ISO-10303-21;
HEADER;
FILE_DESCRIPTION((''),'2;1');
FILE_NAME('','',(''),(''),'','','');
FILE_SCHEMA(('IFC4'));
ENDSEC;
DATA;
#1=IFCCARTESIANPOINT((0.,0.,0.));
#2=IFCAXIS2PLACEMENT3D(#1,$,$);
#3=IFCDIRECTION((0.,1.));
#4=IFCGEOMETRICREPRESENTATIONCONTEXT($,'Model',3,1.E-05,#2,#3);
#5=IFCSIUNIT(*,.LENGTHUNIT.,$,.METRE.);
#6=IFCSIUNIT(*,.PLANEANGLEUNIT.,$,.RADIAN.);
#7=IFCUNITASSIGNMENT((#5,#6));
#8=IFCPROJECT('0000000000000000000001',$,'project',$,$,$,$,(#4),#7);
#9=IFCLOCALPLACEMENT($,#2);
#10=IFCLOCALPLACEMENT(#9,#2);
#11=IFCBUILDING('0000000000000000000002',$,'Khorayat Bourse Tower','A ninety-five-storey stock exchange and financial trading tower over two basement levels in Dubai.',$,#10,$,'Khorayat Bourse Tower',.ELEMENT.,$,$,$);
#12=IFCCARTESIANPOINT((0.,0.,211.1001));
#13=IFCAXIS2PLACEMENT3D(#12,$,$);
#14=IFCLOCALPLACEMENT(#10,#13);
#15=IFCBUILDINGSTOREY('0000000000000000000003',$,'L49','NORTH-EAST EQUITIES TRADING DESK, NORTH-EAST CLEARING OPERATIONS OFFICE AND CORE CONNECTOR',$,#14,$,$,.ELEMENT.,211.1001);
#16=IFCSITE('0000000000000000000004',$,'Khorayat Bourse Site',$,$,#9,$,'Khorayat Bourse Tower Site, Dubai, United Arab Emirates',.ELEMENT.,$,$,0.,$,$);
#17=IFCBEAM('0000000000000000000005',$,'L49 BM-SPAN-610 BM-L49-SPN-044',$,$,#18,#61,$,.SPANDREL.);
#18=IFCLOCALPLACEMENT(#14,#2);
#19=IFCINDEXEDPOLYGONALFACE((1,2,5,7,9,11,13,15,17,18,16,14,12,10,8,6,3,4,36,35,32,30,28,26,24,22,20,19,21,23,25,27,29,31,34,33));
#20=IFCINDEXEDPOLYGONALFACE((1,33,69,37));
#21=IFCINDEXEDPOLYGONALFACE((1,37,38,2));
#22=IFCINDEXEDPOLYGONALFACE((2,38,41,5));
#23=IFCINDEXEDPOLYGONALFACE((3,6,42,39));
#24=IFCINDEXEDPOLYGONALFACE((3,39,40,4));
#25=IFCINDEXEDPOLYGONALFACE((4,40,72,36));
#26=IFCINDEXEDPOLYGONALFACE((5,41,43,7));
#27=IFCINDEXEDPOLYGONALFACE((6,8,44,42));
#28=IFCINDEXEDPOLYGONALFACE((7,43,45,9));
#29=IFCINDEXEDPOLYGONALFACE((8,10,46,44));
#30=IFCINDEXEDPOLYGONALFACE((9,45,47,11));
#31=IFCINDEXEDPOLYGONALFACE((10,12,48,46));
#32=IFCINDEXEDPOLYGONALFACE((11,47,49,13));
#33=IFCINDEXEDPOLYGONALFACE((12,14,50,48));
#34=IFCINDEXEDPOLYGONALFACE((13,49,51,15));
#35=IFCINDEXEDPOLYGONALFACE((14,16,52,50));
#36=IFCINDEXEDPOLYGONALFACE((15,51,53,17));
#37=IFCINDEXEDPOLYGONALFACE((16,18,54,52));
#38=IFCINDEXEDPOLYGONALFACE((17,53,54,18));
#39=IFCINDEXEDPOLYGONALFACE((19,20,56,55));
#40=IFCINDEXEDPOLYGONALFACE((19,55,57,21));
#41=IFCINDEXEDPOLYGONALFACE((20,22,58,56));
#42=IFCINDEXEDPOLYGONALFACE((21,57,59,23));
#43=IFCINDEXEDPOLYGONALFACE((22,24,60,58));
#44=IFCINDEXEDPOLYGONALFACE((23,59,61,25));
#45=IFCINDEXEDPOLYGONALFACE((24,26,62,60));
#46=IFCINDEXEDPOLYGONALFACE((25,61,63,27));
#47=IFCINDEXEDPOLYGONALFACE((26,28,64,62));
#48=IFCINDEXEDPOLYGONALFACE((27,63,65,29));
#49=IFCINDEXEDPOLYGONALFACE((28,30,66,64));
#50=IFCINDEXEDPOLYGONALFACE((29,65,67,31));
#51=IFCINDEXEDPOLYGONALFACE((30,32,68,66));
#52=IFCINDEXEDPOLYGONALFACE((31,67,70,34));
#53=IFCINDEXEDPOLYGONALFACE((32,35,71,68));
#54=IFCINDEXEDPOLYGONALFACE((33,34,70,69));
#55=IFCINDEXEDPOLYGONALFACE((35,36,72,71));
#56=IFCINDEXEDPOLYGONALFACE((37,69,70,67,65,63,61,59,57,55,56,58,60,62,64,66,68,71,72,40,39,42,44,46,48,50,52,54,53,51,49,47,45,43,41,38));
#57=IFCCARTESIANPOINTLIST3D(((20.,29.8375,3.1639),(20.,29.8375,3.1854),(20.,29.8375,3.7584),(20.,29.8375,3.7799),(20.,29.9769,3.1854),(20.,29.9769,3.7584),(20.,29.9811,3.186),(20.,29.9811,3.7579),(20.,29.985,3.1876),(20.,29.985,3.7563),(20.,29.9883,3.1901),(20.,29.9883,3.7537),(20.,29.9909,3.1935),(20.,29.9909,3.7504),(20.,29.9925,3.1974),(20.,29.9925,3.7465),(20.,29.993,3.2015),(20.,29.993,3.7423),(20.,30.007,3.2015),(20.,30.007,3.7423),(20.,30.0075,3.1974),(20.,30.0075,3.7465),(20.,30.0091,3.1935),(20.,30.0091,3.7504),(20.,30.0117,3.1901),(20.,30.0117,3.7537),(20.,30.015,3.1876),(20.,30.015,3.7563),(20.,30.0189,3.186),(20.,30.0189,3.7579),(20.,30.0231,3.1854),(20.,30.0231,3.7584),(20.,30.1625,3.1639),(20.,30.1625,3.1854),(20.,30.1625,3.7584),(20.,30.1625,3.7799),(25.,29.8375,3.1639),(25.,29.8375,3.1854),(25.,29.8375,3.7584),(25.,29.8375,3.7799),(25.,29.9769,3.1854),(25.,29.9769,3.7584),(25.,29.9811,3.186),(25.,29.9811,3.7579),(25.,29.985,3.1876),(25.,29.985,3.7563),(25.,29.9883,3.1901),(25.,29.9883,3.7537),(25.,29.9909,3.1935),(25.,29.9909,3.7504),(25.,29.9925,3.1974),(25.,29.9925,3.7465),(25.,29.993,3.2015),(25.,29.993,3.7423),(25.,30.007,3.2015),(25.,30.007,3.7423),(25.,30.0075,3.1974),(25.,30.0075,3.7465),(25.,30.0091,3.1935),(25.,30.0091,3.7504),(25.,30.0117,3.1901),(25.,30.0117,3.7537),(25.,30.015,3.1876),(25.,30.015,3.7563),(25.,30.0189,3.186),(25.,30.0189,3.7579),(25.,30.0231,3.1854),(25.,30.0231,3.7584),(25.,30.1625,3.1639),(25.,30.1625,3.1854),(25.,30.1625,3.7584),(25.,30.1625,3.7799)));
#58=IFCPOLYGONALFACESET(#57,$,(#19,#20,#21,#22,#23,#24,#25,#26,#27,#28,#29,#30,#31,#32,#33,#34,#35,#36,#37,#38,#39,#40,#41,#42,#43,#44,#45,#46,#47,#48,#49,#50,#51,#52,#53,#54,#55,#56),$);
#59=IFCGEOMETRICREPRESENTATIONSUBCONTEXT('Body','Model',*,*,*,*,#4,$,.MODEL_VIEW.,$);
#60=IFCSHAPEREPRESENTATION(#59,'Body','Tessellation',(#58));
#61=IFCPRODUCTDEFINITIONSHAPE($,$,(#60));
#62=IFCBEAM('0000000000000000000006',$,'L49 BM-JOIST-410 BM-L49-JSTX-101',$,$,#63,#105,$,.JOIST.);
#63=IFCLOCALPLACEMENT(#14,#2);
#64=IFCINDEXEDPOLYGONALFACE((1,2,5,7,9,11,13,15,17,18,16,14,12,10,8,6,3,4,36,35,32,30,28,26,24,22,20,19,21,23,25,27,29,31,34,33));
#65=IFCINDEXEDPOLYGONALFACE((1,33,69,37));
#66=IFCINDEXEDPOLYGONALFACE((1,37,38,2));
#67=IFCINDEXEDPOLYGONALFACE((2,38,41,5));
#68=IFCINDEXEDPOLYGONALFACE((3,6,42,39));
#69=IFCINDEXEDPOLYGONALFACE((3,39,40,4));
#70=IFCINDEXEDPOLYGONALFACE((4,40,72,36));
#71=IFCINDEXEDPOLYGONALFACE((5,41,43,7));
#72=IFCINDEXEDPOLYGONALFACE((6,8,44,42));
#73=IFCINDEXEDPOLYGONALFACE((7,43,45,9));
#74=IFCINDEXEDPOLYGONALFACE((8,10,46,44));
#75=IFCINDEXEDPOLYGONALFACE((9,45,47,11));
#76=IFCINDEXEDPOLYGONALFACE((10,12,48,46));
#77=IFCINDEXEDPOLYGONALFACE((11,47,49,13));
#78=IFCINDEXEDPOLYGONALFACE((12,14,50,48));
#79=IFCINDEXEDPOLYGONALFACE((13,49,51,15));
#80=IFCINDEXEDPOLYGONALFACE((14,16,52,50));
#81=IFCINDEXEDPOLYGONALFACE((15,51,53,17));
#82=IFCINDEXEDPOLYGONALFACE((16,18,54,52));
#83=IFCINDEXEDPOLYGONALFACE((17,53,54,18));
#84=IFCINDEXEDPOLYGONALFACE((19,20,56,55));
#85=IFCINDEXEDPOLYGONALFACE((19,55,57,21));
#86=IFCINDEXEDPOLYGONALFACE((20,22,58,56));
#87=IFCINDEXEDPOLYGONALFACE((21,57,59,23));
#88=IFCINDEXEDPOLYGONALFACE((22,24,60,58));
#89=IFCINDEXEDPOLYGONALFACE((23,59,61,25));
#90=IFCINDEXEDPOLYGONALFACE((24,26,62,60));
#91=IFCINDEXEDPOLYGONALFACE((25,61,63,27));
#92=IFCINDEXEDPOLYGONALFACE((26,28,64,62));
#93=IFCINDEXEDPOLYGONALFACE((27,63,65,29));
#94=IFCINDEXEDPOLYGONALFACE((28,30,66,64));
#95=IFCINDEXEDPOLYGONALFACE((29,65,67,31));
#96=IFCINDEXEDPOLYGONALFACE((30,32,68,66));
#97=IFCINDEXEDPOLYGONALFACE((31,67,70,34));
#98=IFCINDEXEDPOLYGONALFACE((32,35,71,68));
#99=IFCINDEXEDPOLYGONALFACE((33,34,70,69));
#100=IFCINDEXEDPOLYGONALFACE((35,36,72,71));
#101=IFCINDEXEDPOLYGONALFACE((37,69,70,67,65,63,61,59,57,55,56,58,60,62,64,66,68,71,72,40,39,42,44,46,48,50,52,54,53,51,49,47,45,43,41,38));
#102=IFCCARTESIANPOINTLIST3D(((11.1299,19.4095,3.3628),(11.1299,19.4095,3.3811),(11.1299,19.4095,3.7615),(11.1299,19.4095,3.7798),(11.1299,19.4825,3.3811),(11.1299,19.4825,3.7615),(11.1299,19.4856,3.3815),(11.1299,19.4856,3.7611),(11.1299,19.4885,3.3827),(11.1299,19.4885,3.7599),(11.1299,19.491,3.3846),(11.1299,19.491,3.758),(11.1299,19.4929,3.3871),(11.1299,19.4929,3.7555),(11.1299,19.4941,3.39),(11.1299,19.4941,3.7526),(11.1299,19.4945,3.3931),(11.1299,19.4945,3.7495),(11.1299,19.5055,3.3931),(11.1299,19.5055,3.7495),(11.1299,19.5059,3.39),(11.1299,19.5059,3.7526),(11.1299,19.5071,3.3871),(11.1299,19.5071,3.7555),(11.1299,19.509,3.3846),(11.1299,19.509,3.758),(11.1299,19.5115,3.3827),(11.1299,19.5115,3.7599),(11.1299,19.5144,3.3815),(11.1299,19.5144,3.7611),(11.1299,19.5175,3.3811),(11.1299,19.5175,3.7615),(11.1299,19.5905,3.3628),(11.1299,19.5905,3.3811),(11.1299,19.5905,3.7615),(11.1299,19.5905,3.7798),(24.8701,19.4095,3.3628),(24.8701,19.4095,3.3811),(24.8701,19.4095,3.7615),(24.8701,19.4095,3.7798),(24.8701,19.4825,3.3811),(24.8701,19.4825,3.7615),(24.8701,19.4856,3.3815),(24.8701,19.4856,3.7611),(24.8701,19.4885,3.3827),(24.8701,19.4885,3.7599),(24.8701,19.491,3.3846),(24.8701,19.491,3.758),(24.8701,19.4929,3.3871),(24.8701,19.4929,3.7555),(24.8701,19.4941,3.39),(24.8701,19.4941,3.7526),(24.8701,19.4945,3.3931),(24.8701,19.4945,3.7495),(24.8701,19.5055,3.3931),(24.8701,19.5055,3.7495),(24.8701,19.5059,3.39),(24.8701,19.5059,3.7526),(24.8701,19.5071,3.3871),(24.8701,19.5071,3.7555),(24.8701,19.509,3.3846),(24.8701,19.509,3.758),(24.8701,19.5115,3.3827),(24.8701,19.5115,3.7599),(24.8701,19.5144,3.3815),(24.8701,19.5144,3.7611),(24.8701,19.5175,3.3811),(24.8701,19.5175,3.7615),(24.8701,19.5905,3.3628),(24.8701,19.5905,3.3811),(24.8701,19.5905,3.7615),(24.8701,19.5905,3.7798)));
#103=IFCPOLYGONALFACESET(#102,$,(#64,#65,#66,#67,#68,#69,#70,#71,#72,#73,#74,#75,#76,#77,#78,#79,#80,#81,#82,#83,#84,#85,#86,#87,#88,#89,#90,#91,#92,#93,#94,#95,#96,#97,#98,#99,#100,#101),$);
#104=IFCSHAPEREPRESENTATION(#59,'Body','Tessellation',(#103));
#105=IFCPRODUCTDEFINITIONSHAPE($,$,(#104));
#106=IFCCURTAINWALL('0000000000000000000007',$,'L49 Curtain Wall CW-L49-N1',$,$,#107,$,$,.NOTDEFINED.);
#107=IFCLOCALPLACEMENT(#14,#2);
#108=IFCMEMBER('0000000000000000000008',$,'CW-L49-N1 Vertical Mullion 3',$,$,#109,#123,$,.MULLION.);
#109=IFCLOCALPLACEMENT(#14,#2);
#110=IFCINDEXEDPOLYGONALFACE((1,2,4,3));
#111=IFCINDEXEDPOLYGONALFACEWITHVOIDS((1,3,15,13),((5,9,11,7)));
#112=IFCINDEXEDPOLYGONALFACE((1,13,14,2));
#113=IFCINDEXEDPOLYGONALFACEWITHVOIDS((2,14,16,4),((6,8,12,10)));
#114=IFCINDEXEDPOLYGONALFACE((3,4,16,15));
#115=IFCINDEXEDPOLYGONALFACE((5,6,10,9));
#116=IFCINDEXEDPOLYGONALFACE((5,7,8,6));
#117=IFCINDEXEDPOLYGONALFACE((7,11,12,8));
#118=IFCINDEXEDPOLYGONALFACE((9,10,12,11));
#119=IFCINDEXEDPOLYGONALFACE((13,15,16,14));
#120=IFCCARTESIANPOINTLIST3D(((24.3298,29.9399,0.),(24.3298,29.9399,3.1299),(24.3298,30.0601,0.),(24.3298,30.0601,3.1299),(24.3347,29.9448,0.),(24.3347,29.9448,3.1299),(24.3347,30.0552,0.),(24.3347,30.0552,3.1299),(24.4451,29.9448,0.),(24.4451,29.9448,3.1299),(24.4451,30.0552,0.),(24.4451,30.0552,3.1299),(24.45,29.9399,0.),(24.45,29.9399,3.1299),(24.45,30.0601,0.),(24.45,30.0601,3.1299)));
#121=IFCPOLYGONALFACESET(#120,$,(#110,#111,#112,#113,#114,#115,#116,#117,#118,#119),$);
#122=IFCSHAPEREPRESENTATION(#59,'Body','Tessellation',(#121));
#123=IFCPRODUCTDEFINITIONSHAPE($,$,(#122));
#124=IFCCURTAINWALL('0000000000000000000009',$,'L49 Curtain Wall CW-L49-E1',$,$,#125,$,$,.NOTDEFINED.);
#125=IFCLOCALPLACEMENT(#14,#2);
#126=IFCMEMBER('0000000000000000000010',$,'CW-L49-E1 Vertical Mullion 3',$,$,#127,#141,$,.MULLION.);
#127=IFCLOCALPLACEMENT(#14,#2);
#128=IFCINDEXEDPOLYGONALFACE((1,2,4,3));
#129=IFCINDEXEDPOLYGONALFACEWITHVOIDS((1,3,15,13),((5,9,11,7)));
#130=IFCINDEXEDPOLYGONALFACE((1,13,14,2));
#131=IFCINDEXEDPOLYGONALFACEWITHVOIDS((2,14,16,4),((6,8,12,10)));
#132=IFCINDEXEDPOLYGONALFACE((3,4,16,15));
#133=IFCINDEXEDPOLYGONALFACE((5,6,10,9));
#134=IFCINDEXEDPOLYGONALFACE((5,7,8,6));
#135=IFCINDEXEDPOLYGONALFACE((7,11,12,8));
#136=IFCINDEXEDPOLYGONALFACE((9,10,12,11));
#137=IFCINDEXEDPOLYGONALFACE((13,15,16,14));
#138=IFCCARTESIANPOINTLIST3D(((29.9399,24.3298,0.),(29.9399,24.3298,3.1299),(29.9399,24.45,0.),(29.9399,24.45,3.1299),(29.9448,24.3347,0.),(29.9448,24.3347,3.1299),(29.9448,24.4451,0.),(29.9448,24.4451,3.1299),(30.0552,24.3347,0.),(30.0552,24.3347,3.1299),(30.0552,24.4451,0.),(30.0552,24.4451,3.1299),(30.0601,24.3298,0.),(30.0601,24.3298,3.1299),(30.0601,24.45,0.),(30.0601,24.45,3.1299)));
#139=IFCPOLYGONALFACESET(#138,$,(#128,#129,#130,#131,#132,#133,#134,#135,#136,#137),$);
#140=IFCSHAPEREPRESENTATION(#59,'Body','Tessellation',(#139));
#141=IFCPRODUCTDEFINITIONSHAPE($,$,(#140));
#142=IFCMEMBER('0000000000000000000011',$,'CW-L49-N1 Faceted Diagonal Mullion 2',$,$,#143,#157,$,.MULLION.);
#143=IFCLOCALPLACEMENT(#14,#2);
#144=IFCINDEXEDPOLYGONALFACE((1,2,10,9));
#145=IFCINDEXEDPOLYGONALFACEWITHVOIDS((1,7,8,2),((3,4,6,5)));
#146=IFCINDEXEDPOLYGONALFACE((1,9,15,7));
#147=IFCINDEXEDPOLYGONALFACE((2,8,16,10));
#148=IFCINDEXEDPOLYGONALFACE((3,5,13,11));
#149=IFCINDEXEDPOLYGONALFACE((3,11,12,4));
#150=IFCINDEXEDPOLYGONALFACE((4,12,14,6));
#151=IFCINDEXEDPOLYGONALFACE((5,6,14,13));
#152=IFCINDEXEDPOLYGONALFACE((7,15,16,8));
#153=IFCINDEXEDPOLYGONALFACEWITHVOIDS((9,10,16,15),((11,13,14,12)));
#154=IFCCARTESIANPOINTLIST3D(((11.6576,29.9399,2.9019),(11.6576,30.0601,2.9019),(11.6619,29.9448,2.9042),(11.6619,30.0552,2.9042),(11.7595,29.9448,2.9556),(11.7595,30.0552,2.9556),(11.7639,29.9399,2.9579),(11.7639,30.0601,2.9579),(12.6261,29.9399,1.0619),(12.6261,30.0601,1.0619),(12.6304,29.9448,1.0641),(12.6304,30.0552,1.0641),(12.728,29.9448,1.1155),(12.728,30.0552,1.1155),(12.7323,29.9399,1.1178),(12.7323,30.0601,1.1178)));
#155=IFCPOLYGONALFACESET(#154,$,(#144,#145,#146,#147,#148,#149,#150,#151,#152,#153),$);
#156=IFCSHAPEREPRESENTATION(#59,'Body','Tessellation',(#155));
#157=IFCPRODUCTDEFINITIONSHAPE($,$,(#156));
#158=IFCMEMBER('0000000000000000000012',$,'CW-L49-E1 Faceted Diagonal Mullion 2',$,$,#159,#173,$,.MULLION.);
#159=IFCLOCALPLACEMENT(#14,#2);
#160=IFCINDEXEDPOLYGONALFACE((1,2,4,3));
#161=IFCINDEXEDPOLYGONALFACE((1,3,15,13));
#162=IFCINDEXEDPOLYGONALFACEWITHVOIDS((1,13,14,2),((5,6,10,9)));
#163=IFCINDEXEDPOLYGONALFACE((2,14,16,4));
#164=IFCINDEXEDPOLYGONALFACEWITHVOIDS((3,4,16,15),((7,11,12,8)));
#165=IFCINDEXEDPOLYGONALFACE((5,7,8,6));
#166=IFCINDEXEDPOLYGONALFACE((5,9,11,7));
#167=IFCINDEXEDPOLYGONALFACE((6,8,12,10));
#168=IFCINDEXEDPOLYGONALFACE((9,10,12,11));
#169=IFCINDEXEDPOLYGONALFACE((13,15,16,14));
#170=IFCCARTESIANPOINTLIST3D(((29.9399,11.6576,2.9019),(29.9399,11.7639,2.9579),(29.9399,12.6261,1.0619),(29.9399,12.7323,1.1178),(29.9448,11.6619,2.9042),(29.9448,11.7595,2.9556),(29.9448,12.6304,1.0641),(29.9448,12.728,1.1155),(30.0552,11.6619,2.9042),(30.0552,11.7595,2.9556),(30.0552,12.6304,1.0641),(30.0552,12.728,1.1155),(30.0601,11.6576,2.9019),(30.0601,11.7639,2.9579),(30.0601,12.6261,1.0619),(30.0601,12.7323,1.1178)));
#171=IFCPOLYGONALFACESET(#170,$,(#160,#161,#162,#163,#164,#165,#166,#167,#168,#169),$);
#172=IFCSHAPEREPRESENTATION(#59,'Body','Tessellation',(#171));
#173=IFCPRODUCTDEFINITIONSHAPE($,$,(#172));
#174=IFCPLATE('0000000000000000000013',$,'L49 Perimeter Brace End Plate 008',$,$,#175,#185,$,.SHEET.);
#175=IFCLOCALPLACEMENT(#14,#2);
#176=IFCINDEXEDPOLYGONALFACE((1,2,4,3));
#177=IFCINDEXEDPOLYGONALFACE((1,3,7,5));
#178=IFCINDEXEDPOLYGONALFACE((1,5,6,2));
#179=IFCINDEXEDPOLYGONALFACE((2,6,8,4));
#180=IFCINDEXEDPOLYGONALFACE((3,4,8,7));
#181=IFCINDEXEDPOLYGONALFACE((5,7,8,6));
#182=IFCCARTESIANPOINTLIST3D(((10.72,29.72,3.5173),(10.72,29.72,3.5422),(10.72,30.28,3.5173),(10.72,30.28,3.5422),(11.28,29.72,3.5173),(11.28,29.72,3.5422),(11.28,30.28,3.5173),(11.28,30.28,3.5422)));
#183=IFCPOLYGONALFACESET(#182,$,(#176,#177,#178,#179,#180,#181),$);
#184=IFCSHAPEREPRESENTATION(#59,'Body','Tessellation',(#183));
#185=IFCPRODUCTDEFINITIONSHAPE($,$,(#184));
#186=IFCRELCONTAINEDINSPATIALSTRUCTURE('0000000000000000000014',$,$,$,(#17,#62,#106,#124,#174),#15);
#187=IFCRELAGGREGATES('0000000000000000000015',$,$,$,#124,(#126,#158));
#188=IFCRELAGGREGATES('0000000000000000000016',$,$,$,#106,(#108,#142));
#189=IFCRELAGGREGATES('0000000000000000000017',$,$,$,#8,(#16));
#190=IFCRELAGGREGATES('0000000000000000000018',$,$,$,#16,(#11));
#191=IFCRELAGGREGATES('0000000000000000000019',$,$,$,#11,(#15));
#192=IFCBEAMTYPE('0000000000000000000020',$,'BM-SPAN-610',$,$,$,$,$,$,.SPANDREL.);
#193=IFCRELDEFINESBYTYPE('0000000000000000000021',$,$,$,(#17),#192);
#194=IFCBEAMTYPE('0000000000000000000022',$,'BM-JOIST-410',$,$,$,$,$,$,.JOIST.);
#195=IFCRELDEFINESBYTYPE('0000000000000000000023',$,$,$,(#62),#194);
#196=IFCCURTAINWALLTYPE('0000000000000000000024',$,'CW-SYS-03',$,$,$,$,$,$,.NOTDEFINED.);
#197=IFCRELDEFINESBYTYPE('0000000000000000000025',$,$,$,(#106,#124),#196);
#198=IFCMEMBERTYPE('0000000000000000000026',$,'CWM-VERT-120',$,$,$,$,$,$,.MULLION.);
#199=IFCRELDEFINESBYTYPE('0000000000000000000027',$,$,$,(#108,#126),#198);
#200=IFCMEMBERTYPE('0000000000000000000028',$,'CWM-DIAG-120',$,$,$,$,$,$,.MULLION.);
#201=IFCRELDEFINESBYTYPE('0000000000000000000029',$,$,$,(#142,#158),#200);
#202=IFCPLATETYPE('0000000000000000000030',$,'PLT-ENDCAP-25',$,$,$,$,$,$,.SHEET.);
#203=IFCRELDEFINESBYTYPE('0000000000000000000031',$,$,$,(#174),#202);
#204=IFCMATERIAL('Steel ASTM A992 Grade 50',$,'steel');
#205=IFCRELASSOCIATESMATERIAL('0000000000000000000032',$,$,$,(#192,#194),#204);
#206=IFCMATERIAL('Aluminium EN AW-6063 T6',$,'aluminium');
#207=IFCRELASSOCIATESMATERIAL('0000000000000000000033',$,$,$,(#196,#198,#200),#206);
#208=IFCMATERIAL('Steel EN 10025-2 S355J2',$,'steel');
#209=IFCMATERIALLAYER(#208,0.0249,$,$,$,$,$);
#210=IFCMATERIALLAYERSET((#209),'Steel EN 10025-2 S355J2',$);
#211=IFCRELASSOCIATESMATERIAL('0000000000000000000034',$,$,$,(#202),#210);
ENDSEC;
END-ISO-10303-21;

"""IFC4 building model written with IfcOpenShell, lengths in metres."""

from ifc_helpers import new_model, si_unit, direction, frame, origin, origin_2d, place, context, subcontext, project, spatial, rectangle, hollow_rectangle, i_section, extrude, source, transform, mapped, material, layer, layer_set, material_profile, profile_set, type_object, element, aggregate, save


model = new_model("IFC4")

# Units and contexts
model_context = context("Model", 3, precision=1e-05, world=origin(), true_north=direction((0.0, 1.0)))
body_context = subcontext(model_context, "Body", "Model", "MODEL_VIEW")
ifc_project = project(units=[si_unit("LENGTHUNIT", "METRE"), si_unit("PLANEANGLEUNIT", "RADIAN")], contexts=[model_context])

# Site, building, storey
site_placement = place(None, origin())
site = spatial("IfcSite", under=ifc_project, at=site_placement, Name="Khorayat Bourse Site", LongName="Khorayat Bourse Tower Site, Dubai, United Arab Emirates", CompositionType="ELEMENT", RefElevation=0.0)
building_placement = place(site_placement, origin())
building = spatial("IfcBuilding", under=site, at=building_placement, Name="Khorayat Bourse Tower", Description="A ninety-five-storey stock exchange and financial trading tower over two basement levels in Dubai.", LongName="Khorayat Bourse Tower", CompositionType="ELEMENT")
storey_placement = place(building_placement, frame((0.0, 0.0, 211.1001)))
storey = spatial("IfcBuildingStorey", under=building, at=storey_placement, Name="L49", Description="NORTH-EAST EQUITIES TRADING DESK, NORTH-EAST CLEARING OPERATIONS OFFICE AND CORE CONNECTOR", CompositionType="ELEMENT", Elevation=211.1001)

# Beams
ifc_material_1 = material(Name="Steel ASTM A992 Grade 50", Category="steel")
ifc_material_profile_1 = material_profile(ifc_material_1, i_section(OverallWidth=0.325, OverallDepth=0.616, WebThickness=0.0139, FlangeThickness=0.0215, FilletRadius=0.0161, at=origin_2d()), Name="W610X174")
ifc_profile_set_1 = profile_set([ifc_material_profile_1], Name="Steel ASTM A992 Grade 50")
beam_type_1 = type_object("IfcBeamType", Name="BM-SPAN-610", PredefinedType="SPANDREL", material=ifc_profile_set_1)
shared_shape_1 = source(origin(), body_context, "Body", "SweptSolid", [
    extrude(i_section(OverallWidth=0.325, OverallDepth=0.616, WebThickness=0.0139, FlangeThickness=0.0215, FilletRadius=0.0161, at=origin_2d()), origin(), (0.0, 0.0, 1.0), 5.0),
])
for number, where, z_axis, x_axis, name in (
    (1, (20.0, 30.0, 3.4719), (1.0, 0.0, 0.0), (0.0, 1.0, 0.0), "L49 BM-SPAN-610 BM-L49-SPN-044"),
):
    element("IfcBeam", number, at=place(storey_placement, frame(where, z_axis=z_axis, x_axis=x_axis)), inside=storey, type_object=beam_type_1, Name=name, PredefinedType="SPANDREL", context=body_context, shape_type="MappedRepresentation", body=[
        mapped(shared_shape_1, transform((0.0, 0.0, 0.0), scale=1.0)),
    ])
ifc_material_profile_2 = material_profile(ifc_material_1, i_section(OverallWidth=0.1809, OverallDepth=0.417, WebThickness=0.011, FlangeThickness=0.0183, FilletRadius=0.012, at=origin_2d()), Name="W410X85")
ifc_profile_set_2 = profile_set([ifc_material_profile_2], Name="Steel ASTM A992 Grade 50")
beam_type_2 = type_object("IfcBeamType", Name="BM-JOIST-410", PredefinedType="JOIST", material=ifc_profile_set_2)
shared_shape_2 = source(origin(), body_context, "Body", "SweptSolid", [
    extrude(i_section(OverallWidth=0.1809, OverallDepth=0.417, WebThickness=0.011, FlangeThickness=0.0183, FilletRadius=0.012, at=origin_2d()), origin(), (0.0, 0.0, 1.0), 13.7402),
])
beam_1_placement = place(storey_placement, frame((11.1299, 19.5, 3.5713), z_axis=(1.0, 0.0, 0.0), x_axis=(0.0, 1.0, 0.0)))
element("IfcBeam", 2, at=beam_1_placement, inside=storey, type_object=beam_type_2, Name="L49 BM-JOIST-410 BM-L49-JSTX-101", PredefinedType="JOIST", context=body_context, shape_type="MappedRepresentation", body=[
    mapped(shared_shape_2, transform((0.0, 0.0, 0.0), scale=1.0)),
])

# Curtain walls, members
ifc_material_2 = material(Name="Aluminium EN AW-6063 T6", Category="aluminium")
curtain_wall_type = type_object("IfcCurtainWallType", Name="CW-SYS-03", PredefinedType="NOTDEFINED", material=ifc_material_2)
curtain_wall_1_placement = place(storey_placement, origin())
curtain_wall_1 = element("IfcCurtainWall", 3, at=curtain_wall_1_placement, inside=storey, type_object=curtain_wall_type, Name="L49 Curtain Wall CW-L49-N1", PredefinedType="NOTDEFINED")
ifc_material_profile_3 = material_profile(ifc_material_2, hollow_rectangle(XDim=0.1201, YDim=0.1201, WallThickness=0.0049, at=origin_2d()), Name="ALU 120x120x5")
ifc_profile_set_3 = profile_set([ifc_material_profile_3], Name="Aluminium EN AW-6063 T6")
member_type_1 = type_object("IfcMemberType", Name="CWM-VERT-120", PredefinedType="MULLION", material=ifc_profile_set_3)
shared_shape_3 = source(origin(), body_context, "Body", "SweptSolid", [
    extrude(hollow_rectangle(XDim=0.1201, YDim=0.1201, WallThickness=0.0049, at=origin_2d()), origin(), (0.0, 0.0, 1.0), 3.1299),
])
member_1_placement = place(storey_placement, frame((24.3899, 30.0, 0.0), z_axis=(0.0, 0.0, 1.0), x_axis=(0.0, 1.0, 0.0)))
member_1 = element("IfcMember", 4, at=member_1_placement, type_object=member_type_1, Name="CW-L49-N1 Vertical Mullion 3", PredefinedType="MULLION", context=body_context, shape_type="MappedRepresentation", body=[
    mapped(shared_shape_3, transform((0.0, 0.0, 0.0), scale=1.0)),
])
curtain_wall_2_placement = place(storey_placement, origin())
curtain_wall_2 = element("IfcCurtainWall", 5, at=curtain_wall_2_placement, inside=storey, type_object=curtain_wall_type, Name="L49 Curtain Wall CW-L49-E1", PredefinedType="NOTDEFINED")
member_2_placement = place(storey_placement, frame((30.0, 24.3899, 0.0), z_axis=(0.0, 0.0, 1.0), x_axis=(-1.0, 0.0, 0.0)))
member_2 = element("IfcMember", 6, at=member_2_placement, type_object=member_type_1, Name="CW-L49-E1 Vertical Mullion 3", PredefinedType="MULLION", context=body_context, shape_type="MappedRepresentation", body=[
    mapped(shared_shape_3, transform((0.0, 0.0, 0.0), scale=1.0)),
])

# Members
ifc_material_profile_4 = material_profile(ifc_material_2, hollow_rectangle(XDim=0.1201, YDim=0.1201, WallThickness=0.0049, at=origin_2d()), Name="ALU 120x120x5")
ifc_profile_set_4 = profile_set([ifc_material_profile_4], Name="Aluminium EN AW-6063 T6")
member_type_2 = type_object("IfcMemberType", Name="CWM-DIAG-120", PredefinedType="MULLION", material=ifc_profile_set_4)
shared_shape_4 = source(origin(), body_context, "Body", "SweptSolid", [
    extrude(hollow_rectangle(XDim=0.1201, YDim=0.1201, WallThickness=0.0049, at=origin_2d()), origin(), (0.0, 0.0, 1.0), 2.0793),
])
member_3_placement = place(storey_placement, frame((12.6792, 30.0, 1.0898), z_axis=(-0.465761, 0.0, 0.884911), x_axis=(0.0, -1.0, 0.0)))
member_3 = element("IfcMember", 7, at=member_3_placement, type_object=member_type_2, Name="CW-L49-N1 Faceted Diagonal Mullion 2", PredefinedType="MULLION", context=body_context, shape_type="MappedRepresentation", body=[
    mapped(shared_shape_4, transform((0.0, 0.0, 0.0), scale=1.0)),
])
member_4_placement = place(storey_placement, frame((30.0, 12.6792, 1.0898), z_axis=(0.0, -0.465761, 0.884911), x_axis=(1.0, 0.0, 0.0)))
member_4 = element("IfcMember", 8, at=member_4_placement, type_object=member_type_2, Name="CW-L49-E1 Faceted Diagonal Mullion 2", PredefinedType="MULLION", context=body_context, shape_type="MappedRepresentation", body=[
    mapped(shared_shape_4, transform((0.0, 0.0, 0.0), scale=1.0)),
])
aggregate(curtain_wall_2, [member_2, member_4])

# Plate
ifc_material_3 = material(Name="Steel EN 10025-2 S355J2", Category="steel")
ifc_layer_1 = layer(ifc_material_3, 0.0249)
ifc_layer_set_1 = layer_set([ifc_layer_1], Name="Steel EN 10025-2 S355J2")
plate_type_1 = type_object("IfcPlateType", Name="PLT-ENDCAP-25", PredefinedType="SHEET", material=ifc_layer_set_1)
shared_shape_5 = source(origin(), body_context, "Body", "SweptSolid", [
    extrude(rectangle(XDim=0.5601, YDim=0.5601, at=origin_2d()), origin(), (0.0, 0.0, 1.0), 0.0249),
])
plate_1_placement = place(storey_placement, frame((11.0, 30.0, 3.5173), z_axis=(0.0, 0.0, 1.0), x_axis=(1.0, 0.0, 0.0)))
element("IfcPlate", 9, at=plate_1_placement, inside=storey, type_object=plate_type_1, Name="L49 Perimeter Brace End Plate 008", PredefinedType="SHEET", context=body_context, shape_type="MappedRepresentation", body=[
    mapped(shared_shape_5, transform((0.0, 0.0, 0.0), scale=1.0)),
])
aggregate(curtain_wall_1, [member_1, member_3])

save(model, "model.ifc")
